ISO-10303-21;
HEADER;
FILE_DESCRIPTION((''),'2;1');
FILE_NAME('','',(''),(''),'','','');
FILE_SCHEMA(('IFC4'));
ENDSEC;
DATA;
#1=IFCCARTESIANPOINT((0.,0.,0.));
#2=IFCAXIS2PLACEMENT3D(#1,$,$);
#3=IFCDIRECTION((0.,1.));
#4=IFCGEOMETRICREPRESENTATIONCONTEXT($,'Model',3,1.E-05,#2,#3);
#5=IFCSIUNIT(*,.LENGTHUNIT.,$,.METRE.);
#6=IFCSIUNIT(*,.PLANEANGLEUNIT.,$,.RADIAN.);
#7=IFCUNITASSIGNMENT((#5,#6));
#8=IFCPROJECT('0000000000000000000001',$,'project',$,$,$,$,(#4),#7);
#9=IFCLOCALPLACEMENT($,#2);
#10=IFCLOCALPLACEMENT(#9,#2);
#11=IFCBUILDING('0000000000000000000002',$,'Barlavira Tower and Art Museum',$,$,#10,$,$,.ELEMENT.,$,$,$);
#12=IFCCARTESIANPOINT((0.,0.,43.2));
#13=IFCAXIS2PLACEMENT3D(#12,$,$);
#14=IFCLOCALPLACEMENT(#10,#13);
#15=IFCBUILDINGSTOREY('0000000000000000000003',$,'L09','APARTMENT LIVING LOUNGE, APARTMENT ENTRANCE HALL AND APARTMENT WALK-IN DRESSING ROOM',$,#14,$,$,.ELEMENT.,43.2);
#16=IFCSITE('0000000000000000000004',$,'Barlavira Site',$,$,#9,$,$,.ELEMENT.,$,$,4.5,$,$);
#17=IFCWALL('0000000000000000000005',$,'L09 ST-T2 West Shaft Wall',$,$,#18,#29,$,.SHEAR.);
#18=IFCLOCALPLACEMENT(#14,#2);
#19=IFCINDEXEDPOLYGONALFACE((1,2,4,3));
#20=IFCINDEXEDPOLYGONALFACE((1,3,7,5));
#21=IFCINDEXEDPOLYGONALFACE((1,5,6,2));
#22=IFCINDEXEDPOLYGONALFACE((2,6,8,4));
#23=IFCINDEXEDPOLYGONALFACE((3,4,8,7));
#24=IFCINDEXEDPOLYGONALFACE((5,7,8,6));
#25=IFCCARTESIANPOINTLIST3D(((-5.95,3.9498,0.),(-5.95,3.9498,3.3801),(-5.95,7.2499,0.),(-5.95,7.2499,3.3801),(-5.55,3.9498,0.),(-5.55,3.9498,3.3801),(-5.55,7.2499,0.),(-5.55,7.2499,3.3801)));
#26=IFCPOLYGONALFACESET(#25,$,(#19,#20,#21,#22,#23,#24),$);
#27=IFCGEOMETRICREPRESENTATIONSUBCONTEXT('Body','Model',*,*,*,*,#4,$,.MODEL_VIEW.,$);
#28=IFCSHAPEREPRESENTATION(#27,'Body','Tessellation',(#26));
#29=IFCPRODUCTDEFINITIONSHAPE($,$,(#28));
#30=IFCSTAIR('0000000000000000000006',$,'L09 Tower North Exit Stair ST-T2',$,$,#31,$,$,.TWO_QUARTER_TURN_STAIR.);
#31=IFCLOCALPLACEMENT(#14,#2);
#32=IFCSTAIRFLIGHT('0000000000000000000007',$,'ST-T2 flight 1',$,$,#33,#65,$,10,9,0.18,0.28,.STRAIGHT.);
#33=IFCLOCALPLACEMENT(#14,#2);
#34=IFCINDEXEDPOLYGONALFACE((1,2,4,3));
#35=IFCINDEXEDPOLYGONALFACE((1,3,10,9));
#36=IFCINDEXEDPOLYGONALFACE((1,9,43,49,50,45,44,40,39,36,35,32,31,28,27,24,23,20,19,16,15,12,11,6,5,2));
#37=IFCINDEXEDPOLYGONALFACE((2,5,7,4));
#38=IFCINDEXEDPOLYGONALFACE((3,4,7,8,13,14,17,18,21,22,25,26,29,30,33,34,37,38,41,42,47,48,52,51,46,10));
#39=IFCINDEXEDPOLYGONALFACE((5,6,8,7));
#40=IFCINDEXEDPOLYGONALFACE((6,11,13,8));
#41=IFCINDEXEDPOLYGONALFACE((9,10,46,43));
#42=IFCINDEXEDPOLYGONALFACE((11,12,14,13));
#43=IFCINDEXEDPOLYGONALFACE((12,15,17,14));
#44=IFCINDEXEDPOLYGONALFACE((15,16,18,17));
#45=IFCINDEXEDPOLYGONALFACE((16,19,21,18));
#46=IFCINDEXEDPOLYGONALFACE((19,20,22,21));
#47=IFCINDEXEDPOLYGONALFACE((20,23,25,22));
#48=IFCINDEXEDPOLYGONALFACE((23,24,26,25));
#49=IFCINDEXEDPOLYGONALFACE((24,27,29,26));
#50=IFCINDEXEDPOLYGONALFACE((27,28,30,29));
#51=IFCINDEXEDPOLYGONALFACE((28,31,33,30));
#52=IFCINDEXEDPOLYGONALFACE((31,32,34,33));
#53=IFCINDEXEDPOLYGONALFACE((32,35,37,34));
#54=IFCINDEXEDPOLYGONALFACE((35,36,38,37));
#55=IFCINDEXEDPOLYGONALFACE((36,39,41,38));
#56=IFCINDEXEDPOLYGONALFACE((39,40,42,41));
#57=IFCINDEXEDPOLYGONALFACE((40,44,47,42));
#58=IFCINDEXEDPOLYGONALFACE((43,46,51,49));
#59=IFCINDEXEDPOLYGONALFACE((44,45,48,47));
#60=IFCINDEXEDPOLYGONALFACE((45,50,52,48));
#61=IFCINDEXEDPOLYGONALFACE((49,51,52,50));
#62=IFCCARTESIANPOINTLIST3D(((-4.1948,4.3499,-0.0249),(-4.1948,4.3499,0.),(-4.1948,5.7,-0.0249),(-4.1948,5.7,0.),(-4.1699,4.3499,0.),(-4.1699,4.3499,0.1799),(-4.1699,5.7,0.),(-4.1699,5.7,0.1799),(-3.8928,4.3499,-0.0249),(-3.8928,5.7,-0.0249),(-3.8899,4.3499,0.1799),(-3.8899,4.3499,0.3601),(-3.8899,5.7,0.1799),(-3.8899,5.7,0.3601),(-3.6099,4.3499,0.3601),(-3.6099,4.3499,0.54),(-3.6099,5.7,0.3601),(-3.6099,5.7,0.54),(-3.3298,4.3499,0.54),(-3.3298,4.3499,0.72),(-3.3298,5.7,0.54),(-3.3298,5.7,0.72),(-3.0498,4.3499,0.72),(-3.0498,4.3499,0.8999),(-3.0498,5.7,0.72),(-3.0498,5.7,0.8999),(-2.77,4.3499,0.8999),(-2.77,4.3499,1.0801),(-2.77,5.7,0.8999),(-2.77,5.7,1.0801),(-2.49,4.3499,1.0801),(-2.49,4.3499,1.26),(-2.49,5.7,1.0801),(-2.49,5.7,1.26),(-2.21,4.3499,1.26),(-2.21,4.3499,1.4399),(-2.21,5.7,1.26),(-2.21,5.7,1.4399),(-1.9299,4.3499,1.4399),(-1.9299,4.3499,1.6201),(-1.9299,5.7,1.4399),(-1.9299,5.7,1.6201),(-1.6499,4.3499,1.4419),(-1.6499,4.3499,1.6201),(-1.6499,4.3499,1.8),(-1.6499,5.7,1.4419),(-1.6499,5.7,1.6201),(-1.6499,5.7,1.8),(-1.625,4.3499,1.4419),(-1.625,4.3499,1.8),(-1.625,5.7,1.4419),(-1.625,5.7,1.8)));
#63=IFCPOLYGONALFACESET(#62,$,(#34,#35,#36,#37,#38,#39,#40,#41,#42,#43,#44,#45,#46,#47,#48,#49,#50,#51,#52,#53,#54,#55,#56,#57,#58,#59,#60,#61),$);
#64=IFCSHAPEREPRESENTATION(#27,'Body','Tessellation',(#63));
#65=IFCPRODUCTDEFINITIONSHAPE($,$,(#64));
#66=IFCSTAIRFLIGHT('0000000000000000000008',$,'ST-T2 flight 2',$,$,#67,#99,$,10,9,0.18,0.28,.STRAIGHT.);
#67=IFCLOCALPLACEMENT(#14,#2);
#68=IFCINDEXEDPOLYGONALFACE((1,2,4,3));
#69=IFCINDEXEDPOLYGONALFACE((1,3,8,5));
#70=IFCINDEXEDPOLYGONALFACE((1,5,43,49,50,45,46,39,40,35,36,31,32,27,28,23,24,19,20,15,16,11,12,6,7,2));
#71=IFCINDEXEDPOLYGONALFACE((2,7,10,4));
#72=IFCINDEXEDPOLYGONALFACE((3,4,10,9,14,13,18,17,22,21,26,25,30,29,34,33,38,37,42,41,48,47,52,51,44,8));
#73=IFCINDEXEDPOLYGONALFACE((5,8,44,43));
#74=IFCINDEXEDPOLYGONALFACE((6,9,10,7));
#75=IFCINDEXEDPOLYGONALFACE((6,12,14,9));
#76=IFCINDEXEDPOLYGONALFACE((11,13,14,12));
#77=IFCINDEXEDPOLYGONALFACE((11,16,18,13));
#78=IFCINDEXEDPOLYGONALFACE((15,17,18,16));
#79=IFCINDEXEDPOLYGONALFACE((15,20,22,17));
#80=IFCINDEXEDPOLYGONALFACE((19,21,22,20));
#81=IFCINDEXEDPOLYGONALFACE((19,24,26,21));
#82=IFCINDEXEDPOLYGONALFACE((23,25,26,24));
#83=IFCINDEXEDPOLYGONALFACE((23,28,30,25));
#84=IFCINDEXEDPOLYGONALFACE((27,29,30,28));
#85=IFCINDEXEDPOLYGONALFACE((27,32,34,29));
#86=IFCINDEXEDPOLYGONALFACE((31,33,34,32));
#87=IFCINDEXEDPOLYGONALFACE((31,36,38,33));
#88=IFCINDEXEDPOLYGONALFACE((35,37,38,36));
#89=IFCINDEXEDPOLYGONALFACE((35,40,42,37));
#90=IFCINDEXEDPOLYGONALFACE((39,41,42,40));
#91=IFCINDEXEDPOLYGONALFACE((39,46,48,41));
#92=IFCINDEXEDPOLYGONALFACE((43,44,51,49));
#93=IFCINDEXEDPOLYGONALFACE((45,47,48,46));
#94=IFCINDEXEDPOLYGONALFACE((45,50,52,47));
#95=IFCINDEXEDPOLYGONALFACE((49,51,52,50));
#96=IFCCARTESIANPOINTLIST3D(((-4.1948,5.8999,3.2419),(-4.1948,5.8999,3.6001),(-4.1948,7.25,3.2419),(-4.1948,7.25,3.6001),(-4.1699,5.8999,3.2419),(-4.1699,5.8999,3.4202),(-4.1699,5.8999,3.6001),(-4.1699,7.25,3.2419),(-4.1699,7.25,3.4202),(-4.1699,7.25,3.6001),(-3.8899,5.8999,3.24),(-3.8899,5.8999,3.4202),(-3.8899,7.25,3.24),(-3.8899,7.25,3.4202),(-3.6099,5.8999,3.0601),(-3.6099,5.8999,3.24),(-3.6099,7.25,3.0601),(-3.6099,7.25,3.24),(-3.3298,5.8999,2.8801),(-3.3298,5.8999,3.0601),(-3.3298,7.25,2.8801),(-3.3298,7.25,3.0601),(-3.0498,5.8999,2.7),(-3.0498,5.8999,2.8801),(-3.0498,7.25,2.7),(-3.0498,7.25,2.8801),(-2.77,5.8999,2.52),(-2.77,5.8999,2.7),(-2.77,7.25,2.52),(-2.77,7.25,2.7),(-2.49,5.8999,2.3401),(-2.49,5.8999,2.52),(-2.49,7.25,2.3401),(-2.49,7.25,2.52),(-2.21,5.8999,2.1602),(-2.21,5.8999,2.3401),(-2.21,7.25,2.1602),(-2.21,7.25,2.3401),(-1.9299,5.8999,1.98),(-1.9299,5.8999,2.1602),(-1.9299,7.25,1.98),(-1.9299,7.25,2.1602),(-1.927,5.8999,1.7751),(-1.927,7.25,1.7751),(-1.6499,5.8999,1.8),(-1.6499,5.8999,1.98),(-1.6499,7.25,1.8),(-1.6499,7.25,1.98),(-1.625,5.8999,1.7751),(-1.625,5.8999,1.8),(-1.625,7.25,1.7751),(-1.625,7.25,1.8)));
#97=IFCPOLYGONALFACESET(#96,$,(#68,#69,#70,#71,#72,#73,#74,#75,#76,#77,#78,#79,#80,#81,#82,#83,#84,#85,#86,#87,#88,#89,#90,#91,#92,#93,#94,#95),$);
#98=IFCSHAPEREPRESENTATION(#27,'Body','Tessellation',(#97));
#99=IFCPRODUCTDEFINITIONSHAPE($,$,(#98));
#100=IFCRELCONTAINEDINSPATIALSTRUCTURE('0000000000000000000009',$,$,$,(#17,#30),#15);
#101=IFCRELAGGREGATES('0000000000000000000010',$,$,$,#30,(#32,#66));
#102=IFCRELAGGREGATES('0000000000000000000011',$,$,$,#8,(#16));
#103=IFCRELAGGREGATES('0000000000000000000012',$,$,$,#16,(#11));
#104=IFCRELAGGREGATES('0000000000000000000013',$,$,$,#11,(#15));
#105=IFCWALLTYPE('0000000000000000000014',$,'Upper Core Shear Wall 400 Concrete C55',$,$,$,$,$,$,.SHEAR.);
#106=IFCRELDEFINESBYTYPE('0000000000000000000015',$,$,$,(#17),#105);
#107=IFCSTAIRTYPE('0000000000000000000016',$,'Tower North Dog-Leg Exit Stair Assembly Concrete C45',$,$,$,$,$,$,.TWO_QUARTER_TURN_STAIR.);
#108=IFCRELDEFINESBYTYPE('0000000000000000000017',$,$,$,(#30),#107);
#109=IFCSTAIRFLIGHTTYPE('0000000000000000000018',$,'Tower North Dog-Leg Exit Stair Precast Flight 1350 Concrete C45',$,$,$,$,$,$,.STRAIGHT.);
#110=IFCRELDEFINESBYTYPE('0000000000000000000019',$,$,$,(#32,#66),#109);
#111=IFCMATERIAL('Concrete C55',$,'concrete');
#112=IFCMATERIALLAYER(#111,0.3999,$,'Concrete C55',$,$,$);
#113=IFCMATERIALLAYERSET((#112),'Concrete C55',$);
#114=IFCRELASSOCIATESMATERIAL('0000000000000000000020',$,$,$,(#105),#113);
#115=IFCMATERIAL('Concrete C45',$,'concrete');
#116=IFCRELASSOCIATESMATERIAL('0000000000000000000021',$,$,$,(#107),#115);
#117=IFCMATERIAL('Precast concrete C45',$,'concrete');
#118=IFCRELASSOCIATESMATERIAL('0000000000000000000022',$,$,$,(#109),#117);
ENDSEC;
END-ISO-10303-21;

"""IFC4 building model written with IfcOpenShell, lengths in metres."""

from ifc_helpers import new_model, si_unit, direction, frame, frame_2d, origin, place, context, subcontext, project, spatial, polyline, rectangle, outline, extrude, material, layer, layer_set, type_object, element, aggregate, save


model = new_model("IFC4")

# Units and contexts
model_context = context("Model", 3, precision=1e-05, world=origin(), true_north=direction((0.0, 1.0)))
body_context = subcontext(model_context, "Body", "Model", "MODEL_VIEW")
ifc_project = project(units=[si_unit("LENGTHUNIT", "METRE"), si_unit("PLANEANGLEUNIT", "RADIAN")], contexts=[model_context])

# Site, building, storey
site_placement = place(None, origin())
site = spatial("IfcSite", under=ifc_project, at=site_placement, Name="Barlavira Site", CompositionType="ELEMENT", RefElevation=4.5)
building_placement = place(site_placement, origin())
building = spatial("IfcBuilding", under=site, at=building_placement, Name="Barlavira Tower and Art Museum", CompositionType="ELEMENT")
storey_placement = place(building_placement, frame((0.0, 0.0, 43.2)))
storey = spatial("IfcBuildingStorey", under=building, at=storey_placement, Name="L09", Description="APARTMENT LIVING LOUNGE, APARTMENT ENTRANCE HALL AND APARTMENT WALK-IN DRESSING ROOM", CompositionType="ELEMENT", Elevation=43.2)

# Wall
ifc_material_1 = material(Name="Concrete C55", Category="concrete")
ifc_layer_1 = layer(ifc_material_1, 0.3999, Name="Concrete C55")
ifc_layer_set_1 = layer_set([ifc_layer_1], Name="Concrete C55")
wall_type_1 = type_object("IfcWallType", Name="Upper Core Shear Wall 400 Concrete C55", PredefinedType="SHEAR", material=ifc_layer_set_1)
wall_1_placement = place(storey_placement, frame((-5.75, 3.95, 0.0), z_axis=(0.0, 0.0, 1.0), x_axis=(0.0, 1.0, 0.0)))
element("IfcWall", 1, at=wall_1_placement, inside=storey, type_object=wall_type_1, Name="L09 ST-T2 West Shaft Wall", PredefinedType="SHEAR", context=body_context, shape_type="SweptSolid", body=[
    extrude(rectangle(XDim=3.3, YDim=0.3999, at=frame_2d((1.6499, 0.0))), origin(), (0.0, 0.0, 1.0), 3.3801),
])

# Stair, stair flights
ifc_material_2 = material(Name="Concrete C45", Category="concrete")
stair_type = type_object("IfcStairType", Name="Tower North Dog-Leg Exit Stair Assembly Concrete C45", PredefinedType="TWO_QUARTER_TURN_STAIR", material=ifc_material_2)
stair_placement = place(storey_placement, origin())
stair = element("IfcStair", 2, at=stair_placement, inside=storey, type_object=stair_type, Name="L09 Tower North Exit Stair ST-T2", PredefinedType="TWO_QUARTER_TURN_STAIR")
ifc_material_3 = material(Name="Precast concrete C45", Category="concrete")
stair_flight_type = type_object("IfcStairFlightType", Name="Tower North Dog-Leg Exit Stair Precast Flight 1350 Concrete C45", PredefinedType="STRAIGHT", material=ifc_material_3)
stair_flight_1_placement = place(storey_placement, frame((-4.1699, 5.0249, 0.0), z_axis=(0.0, 0.0, 1.0), x_axis=(1.0, 0.0, 0.0)))
stair_flight_1 = element("IfcStairFlight", 3, at=stair_flight_1_placement, type_object=stair_flight_type, Name="ST-T2 flight 1", NumberOfRisers=10, NumberOfTreads=9, PredefinedType="STRAIGHT", RiserHeight=0.18, TreadLength=0.28, context=body_context, shape_type="SweptSolid", body=[
    extrude(outline(polyline([(-0.0249, 0.0), (0.0, 0.0), (0.0, 0.1799), (0.28, 0.1799), (0.28, 0.3601), (0.5601, 0.3601), (0.5601, 0.54), (0.8401, 0.54), (0.8401, 0.72), (1.1201, 0.72), (1.1201, 0.8999), (1.3999, 0.8999), (1.3999, 1.0801), (1.6799, 1.0801), (1.6799, 1.26), (1.96, 1.26), (1.96, 1.4399), (2.24, 1.4399), (2.24, 1.6201), (2.52, 1.6201), (2.52, 1.8), (2.5449, 1.8), (2.5449, 1.4419), (2.52, 1.4419), (0.2771, -0.0249), (-0.0249, -0.0249), (-0.0249, 0.0)])), frame((0.0, 0.675, 0.0), z_axis=(0.0, -1.0, 0.0), x_axis=(1.0, 0.0, 0.0)), (0.0, 0.0, 1.0), 1.3501),
])
stair_flight_2_placement = place(storey_placement, frame((-1.6499, 6.575, 1.8), z_axis=(0.0, 0.0, 1.0), x_axis=(-1.0, 0.0, 0.0)))
stair_flight_2 = element("IfcStairFlight", 4, at=stair_flight_2_placement, type_object=stair_flight_type, Name="ST-T2 flight 2", NumberOfRisers=10, NumberOfTreads=9, PredefinedType="STRAIGHT", RiserHeight=0.18, TreadLength=0.28, context=body_context, shape_type="SweptSolid", body=[
    extrude(outline(polyline([(-0.0249, 0.0), (0.0, 0.0), (0.0, 0.1799), (0.28, 0.1799), (0.28, 0.3601), (0.5601, 0.3601), (0.5601, 0.54), (0.8401, 0.54), (0.8401, 0.72), (1.1201, 0.72), (1.1201, 0.8999), (1.3999, 0.8999), (1.3999, 1.0801), (1.6799, 1.0801), (1.6799, 1.26), (1.96, 1.26), (1.96, 1.4399), (2.24, 1.4399), (2.24, 1.6201), (2.52, 1.6201), (2.52, 1.8), (2.5449, 1.8), (2.5449, 1.4419), (2.52, 1.4419), (0.2771, -0.0249), (-0.0249, -0.0249), (-0.0249, 0.0)])), frame((0.0, 0.675, 0.0), z_axis=(0.0, -1.0, 0.0), x_axis=(1.0, 0.0, 0.0)), (0.0, 0.0, 1.0), 1.3501),
])
aggregate(stair, [stair_flight_1, stair_flight_2])

save(model, "model.ifc")
